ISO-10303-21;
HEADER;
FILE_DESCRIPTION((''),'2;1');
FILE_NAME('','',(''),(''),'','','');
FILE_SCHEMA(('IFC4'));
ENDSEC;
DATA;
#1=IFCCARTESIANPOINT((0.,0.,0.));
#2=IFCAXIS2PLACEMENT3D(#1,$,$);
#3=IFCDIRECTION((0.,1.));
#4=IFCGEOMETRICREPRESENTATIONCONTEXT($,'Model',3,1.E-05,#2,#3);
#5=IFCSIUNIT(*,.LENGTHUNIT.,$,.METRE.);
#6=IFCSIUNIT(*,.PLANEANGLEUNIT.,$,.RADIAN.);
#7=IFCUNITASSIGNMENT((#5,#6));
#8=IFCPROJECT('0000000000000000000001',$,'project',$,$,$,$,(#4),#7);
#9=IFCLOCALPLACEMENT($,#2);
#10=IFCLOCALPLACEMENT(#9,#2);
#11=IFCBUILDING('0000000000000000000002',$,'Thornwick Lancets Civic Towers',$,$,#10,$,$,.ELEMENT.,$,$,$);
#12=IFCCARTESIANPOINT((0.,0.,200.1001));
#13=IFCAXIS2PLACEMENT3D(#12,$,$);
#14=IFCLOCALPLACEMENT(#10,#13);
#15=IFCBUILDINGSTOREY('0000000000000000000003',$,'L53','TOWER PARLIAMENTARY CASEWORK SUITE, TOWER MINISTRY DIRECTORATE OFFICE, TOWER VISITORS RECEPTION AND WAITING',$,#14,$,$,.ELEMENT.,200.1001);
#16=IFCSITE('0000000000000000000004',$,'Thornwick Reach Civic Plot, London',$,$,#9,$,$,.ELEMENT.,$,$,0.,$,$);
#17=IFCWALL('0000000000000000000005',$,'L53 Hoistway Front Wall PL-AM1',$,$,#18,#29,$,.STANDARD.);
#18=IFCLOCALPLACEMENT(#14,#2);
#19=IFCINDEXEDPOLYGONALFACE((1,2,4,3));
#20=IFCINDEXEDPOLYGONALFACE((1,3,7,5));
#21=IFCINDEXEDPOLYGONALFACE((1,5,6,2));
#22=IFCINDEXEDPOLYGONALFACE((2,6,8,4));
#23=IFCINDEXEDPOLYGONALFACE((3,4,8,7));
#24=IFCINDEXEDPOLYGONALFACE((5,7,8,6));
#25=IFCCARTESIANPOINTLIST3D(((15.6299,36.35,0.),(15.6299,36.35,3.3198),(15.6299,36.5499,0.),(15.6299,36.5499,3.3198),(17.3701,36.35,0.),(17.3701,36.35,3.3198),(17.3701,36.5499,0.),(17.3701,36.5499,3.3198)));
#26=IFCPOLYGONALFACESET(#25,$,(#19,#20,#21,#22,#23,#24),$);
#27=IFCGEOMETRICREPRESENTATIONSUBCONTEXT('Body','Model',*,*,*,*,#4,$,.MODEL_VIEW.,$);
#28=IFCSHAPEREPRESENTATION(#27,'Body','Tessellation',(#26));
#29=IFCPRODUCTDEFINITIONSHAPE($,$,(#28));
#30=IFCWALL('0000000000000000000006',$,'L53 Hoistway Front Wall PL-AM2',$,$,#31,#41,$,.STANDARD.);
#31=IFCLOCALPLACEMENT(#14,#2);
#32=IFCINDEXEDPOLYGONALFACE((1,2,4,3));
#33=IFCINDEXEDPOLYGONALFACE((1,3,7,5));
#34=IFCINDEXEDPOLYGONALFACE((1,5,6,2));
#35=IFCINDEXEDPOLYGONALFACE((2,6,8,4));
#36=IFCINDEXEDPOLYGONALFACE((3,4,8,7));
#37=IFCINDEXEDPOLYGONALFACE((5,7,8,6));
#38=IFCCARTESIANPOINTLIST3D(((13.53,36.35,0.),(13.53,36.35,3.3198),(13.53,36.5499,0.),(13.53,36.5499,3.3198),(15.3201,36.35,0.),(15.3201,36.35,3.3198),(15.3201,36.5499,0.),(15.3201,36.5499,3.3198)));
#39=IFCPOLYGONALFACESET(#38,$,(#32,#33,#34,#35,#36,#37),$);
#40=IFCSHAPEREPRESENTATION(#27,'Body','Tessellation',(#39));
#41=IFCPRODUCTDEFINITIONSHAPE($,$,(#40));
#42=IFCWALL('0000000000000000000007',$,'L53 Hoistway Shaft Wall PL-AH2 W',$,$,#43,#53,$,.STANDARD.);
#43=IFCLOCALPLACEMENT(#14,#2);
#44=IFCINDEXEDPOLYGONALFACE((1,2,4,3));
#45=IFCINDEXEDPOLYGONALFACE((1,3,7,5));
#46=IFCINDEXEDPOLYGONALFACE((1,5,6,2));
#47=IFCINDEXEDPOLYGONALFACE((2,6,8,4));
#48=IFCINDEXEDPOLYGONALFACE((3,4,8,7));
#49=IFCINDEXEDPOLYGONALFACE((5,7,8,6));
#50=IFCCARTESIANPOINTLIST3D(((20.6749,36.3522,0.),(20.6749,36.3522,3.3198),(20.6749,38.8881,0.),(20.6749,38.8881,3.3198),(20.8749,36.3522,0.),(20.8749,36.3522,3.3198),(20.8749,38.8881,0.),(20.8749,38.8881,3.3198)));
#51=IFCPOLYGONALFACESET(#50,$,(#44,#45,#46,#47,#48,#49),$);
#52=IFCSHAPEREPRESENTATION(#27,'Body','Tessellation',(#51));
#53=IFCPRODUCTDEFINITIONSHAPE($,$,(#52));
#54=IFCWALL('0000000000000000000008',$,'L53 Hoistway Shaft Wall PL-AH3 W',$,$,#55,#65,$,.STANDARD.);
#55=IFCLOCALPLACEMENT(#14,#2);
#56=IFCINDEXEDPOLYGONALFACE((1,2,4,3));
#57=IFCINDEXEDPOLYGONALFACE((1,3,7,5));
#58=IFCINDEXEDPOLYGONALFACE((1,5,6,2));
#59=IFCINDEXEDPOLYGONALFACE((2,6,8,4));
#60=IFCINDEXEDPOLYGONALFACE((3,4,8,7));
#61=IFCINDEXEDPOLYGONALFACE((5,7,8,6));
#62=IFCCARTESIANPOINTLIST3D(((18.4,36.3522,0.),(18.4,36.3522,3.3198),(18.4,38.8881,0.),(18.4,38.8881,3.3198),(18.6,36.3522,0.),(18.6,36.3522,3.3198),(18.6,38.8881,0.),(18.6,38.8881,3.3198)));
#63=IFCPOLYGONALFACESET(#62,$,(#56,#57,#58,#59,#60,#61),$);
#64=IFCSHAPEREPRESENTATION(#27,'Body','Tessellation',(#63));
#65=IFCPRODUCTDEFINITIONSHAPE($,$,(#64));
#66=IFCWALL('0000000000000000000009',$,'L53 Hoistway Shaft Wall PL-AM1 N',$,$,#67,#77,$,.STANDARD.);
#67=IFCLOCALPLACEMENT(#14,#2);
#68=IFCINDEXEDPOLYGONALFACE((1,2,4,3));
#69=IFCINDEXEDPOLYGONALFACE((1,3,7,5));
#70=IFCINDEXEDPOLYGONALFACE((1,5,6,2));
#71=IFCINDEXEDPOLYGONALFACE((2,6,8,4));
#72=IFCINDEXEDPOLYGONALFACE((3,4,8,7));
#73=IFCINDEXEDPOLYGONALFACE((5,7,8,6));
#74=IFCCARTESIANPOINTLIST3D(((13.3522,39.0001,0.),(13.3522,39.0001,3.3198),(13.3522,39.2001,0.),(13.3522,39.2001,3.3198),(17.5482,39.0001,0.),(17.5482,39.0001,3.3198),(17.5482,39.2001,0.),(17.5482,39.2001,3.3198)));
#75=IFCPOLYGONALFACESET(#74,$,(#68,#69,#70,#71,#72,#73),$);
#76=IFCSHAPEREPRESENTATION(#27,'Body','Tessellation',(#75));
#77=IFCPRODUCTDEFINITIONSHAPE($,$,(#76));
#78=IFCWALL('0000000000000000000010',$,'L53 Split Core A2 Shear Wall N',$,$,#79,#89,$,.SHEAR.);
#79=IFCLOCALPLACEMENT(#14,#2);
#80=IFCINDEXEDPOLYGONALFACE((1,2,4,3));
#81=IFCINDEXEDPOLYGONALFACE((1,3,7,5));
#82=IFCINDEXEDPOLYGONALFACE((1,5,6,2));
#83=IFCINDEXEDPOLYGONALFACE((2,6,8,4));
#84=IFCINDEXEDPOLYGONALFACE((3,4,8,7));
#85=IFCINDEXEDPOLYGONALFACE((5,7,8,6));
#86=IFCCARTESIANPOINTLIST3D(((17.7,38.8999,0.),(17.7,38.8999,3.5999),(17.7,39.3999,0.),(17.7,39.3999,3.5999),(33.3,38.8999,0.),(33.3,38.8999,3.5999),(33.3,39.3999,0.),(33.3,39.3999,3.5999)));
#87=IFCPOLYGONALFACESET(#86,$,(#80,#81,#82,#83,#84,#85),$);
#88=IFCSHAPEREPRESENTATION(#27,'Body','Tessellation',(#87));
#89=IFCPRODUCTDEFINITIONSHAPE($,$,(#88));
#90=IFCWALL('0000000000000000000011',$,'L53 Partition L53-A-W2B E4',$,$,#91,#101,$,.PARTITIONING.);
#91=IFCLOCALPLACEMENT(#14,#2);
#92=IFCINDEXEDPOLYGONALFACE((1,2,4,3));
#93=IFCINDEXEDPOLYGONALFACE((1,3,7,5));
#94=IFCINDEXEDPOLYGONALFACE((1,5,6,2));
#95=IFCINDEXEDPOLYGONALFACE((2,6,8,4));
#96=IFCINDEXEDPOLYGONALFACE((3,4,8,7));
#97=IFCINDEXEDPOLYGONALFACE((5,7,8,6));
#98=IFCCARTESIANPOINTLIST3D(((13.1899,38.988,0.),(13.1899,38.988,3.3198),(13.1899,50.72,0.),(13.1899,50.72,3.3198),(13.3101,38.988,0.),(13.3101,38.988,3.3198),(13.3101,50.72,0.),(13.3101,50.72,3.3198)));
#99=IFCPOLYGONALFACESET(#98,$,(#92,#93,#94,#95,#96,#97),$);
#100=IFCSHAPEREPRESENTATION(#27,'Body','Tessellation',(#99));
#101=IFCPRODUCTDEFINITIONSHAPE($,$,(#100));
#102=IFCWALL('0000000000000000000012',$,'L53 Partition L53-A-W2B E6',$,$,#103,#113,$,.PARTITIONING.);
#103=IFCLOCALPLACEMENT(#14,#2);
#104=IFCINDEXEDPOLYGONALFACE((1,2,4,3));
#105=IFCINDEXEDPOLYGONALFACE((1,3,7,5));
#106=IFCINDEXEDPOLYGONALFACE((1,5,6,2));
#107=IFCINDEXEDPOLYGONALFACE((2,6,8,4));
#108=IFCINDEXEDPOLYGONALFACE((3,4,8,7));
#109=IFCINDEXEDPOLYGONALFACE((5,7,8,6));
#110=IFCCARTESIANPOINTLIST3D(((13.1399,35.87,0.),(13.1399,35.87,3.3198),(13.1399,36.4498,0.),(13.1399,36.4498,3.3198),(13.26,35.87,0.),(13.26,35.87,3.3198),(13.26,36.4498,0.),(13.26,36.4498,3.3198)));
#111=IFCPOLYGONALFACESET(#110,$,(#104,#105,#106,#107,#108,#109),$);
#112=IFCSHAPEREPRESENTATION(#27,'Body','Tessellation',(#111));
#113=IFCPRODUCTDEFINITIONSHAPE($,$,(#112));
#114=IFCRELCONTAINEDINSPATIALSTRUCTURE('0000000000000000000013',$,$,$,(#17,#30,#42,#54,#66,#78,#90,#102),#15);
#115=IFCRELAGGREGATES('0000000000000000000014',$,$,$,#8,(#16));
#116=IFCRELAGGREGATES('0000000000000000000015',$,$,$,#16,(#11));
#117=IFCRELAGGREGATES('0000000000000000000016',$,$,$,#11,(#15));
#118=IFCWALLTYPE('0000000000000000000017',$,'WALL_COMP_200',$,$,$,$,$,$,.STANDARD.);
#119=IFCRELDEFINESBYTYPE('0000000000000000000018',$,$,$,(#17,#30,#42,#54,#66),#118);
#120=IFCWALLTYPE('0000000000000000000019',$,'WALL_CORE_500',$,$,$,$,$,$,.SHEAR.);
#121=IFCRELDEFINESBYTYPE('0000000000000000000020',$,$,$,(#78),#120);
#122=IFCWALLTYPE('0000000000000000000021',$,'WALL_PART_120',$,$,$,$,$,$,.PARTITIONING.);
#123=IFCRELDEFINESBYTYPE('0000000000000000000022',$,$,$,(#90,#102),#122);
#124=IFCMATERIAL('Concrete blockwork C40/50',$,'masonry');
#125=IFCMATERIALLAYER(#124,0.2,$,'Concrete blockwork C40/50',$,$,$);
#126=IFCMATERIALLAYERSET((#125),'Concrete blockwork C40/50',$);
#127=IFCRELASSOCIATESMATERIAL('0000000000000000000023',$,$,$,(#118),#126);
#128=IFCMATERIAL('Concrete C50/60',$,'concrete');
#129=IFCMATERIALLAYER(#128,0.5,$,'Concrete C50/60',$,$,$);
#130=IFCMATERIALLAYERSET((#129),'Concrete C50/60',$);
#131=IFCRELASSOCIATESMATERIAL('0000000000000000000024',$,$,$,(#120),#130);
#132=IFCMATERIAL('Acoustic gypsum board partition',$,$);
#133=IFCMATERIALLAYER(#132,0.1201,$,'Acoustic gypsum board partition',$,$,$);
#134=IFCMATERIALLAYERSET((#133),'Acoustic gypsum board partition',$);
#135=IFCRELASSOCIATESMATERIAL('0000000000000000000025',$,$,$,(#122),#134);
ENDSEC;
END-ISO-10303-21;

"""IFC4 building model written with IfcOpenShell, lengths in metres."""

from ifc_helpers import new_model, si_unit, direction, frame, frame_2d, origin, place, context, subcontext, project, spatial, rectangle, extrude, material, layer, layer_set, type_object, element, save


model = new_model("IFC4")

# Units and contexts
model_context = context("Model", 3, precision=1e-05, world=origin(), true_north=direction((0.0, 1.0)))
body_context = subcontext(model_context, "Body", "Model", "MODEL_VIEW")
ifc_project = project(units=[si_unit("LENGTHUNIT", "METRE"), si_unit("PLANEANGLEUNIT", "RADIAN")], contexts=[model_context])

# Site, building, storey
site_placement = place(None, origin())
site = spatial("IfcSite", under=ifc_project, at=site_placement, Name="Thornwick Reach Civic Plot, London", CompositionType="ELEMENT", RefElevation=0.0)
building_placement = place(site_placement, origin())
building = spatial("IfcBuilding", under=site, at=building_placement, Name="Thornwick Lancets Civic Towers", CompositionType="ELEMENT")
storey_placement = place(building_placement, frame((0.0, 0.0, 200.1001)))
storey = spatial("IfcBuildingStorey", under=building, at=storey_placement, Name="L53", Description="TOWER PARLIAMENTARY CASEWORK SUITE, TOWER MINISTRY DIRECTORATE OFFICE, TOWER VISITORS RECEPTION AND WAITING", CompositionType="ELEMENT", Elevation=200.1001)

# Shared definitions
ifc_material_1 = material(Name="Concrete C50/60", Category="concrete")

# Shared definitions
ifc_material_2 = material(Name="Concrete blockwork C40/50", Category="masonry")
ifc_layer_1 = layer(ifc_material_2, 0.2, Name="Concrete blockwork C40/50")
ifc_layer_set_1 = layer_set([ifc_layer_1], Name="Concrete blockwork C40/50")
wall_type_1 = type_object("IfcWallType", Name="WALL_COMP_200", PredefinedType="STANDARD", material=ifc_layer_set_1)

# Walls
wall_1_placement = place(storey_placement, frame((17.3701, 36.45, 0.0), z_axis=(0.0, 0.0, 1.0), x_axis=(-1.0, 0.0, 0.0)))
element("IfcWall", 1, at=wall_1_placement, inside=storey, type_object=wall_type_1, Name="L53 Hoistway Front Wall PL-AM1", PredefinedType="STANDARD", context=body_context, shape_type="SweptSolid", body=[
    extrude(rectangle(XDim=1.7402, YDim=0.2, at=frame_2d((0.8701, 0.0))), origin(), (0.0, 0.0, 1.0), 3.3198),
])
wall_2_placement = place(storey_placement, frame((15.3201, 36.45, 0.0), z_axis=(0.0, 0.0, 1.0), x_axis=(-1.0, 0.0, 0.0)))
element("IfcWall", 2, at=wall_2_placement, inside=storey, type_object=wall_type_1, Name="L53 Hoistway Front Wall PL-AM2", PredefinedType="STANDARD", context=body_context, shape_type="SweptSolid", body=[
    extrude(rectangle(XDim=1.79, YDim=0.2, at=frame_2d((0.895, 0.0))), origin(), (0.0, 0.0, 1.0), 3.3198),
])
for number, where, z_axis, x_axis, name in (
    (3, (20.7749, 36.3521, 0.0), (0.0, 0.0, 1.0), (0.0, 1.0, 0.0), "L53 Hoistway Shaft Wall PL-AH2 W"),
    (4, (18.5, 36.3521, 0.0), (0.0, 0.0, 1.0), (0.0, 1.0, 0.0), "L53 Hoistway Shaft Wall PL-AH3 W"),
):
    element("IfcWall", number, at=place(storey_placement, frame(where, z_axis=z_axis, x_axis=x_axis)), inside=storey, type_object=wall_type_1, Name=name, PredefinedType="STANDARD", context=body_context, shape_type="SweptSolid", body=[
        extrude(rectangle(XDim=2.5359, YDim=0.2, at=frame_2d((1.2681, 0.0))), origin(), (0.0, 0.0, 1.0), 3.3198),
    ])
wall_3_placement = place(storey_placement, frame((13.3521, 39.1001, 0.0), z_axis=(0.0, 0.0, 1.0), x_axis=(1.0, 0.0, 0.0)))
element("IfcWall", 5, at=wall_3_placement, inside=storey, type_object=wall_type_1, Name="L53 Hoistway Shaft Wall PL-AM1 N", PredefinedType="STANDARD", context=body_context, shape_type="SweptSolid", body=[
    extrude(rectangle(XDim=4.196, YDim=0.2, at=frame_2d((2.0981, 0.0))), origin(), (0.0, 0.0, 1.0), 3.3198),
])
ifc_layer_2 = layer(ifc_material_1, 0.5, Name="Concrete C50/60")
ifc_layer_set_2 = layer_set([ifc_layer_2], Name="Concrete C50/60")
wall_type_2 = type_object("IfcWallType", Name="WALL_CORE_500", PredefinedType="SHEAR", material=ifc_layer_set_2)
wall_4_placement = place(storey_placement, frame((17.7, 39.1499, 0.0), z_axis=(0.0, 0.0, 1.0), x_axis=(1.0, 0.0, 0.0)))
element("IfcWall", 6, at=wall_4_placement, inside=storey, type_object=wall_type_2, Name="L53 Split Core A2 Shear Wall N", PredefinedType="SHEAR", context=body_context, shape_type="SweptSolid", body=[
    extrude(rectangle(XDim=15.6001, YDim=0.5, at=frame_2d((7.8, 0.0))), origin(), (0.0, 0.0, 1.0), 3.5999),
])
ifc_material_3 = material(Name="Acoustic gypsum board partition")
ifc_layer_3 = layer(ifc_material_3, 0.1201, Name="Acoustic gypsum board partition")
ifc_layer_set_3 = layer_set([ifc_layer_3], Name="Acoustic gypsum board partition")
wall_type_3 = type_object("IfcWallType", Name="WALL_PART_120", PredefinedType="PARTITIONING", material=ifc_layer_set_3)
wall_5_placement = place(storey_placement, frame((13.25, 50.72, 0.0), z_axis=(0.0, 0.0, 1.0), x_axis=(0.0, -1.0, 0.0)))
element("IfcWall", 7, at=wall_5_placement, inside=storey, type_object=wall_type_3, Name="L53 Partition L53-A-W2B E4", PredefinedType="PARTITIONING", context=body_context, shape_type="SweptSolid", body=[
    extrude(rectangle(XDim=11.7319, YDim=0.1201, at=frame_2d((5.866, 0.0))), origin(), (0.0, 0.0, 1.0), 3.3198),
])
wall_6_placement = place(storey_placement, frame((13.2, 36.45, 0.0), z_axis=(0.0, 0.0, 1.0), x_axis=(0.0, -1.0, 0.0)))
element("IfcWall", 8, at=wall_6_placement, inside=storey, type_object=wall_type_3, Name="L53 Partition L53-A-W2B E6", PredefinedType="PARTITIONING", context=body_context, shape_type="SweptSolid", body=[
    extrude(rectangle(XDim=0.5798, YDim=0.1201, at=frame_2d((0.29, 0.0))), origin(), (0.0, 0.0, 1.0), 3.3198),
])

save(model, "model.ifc")
